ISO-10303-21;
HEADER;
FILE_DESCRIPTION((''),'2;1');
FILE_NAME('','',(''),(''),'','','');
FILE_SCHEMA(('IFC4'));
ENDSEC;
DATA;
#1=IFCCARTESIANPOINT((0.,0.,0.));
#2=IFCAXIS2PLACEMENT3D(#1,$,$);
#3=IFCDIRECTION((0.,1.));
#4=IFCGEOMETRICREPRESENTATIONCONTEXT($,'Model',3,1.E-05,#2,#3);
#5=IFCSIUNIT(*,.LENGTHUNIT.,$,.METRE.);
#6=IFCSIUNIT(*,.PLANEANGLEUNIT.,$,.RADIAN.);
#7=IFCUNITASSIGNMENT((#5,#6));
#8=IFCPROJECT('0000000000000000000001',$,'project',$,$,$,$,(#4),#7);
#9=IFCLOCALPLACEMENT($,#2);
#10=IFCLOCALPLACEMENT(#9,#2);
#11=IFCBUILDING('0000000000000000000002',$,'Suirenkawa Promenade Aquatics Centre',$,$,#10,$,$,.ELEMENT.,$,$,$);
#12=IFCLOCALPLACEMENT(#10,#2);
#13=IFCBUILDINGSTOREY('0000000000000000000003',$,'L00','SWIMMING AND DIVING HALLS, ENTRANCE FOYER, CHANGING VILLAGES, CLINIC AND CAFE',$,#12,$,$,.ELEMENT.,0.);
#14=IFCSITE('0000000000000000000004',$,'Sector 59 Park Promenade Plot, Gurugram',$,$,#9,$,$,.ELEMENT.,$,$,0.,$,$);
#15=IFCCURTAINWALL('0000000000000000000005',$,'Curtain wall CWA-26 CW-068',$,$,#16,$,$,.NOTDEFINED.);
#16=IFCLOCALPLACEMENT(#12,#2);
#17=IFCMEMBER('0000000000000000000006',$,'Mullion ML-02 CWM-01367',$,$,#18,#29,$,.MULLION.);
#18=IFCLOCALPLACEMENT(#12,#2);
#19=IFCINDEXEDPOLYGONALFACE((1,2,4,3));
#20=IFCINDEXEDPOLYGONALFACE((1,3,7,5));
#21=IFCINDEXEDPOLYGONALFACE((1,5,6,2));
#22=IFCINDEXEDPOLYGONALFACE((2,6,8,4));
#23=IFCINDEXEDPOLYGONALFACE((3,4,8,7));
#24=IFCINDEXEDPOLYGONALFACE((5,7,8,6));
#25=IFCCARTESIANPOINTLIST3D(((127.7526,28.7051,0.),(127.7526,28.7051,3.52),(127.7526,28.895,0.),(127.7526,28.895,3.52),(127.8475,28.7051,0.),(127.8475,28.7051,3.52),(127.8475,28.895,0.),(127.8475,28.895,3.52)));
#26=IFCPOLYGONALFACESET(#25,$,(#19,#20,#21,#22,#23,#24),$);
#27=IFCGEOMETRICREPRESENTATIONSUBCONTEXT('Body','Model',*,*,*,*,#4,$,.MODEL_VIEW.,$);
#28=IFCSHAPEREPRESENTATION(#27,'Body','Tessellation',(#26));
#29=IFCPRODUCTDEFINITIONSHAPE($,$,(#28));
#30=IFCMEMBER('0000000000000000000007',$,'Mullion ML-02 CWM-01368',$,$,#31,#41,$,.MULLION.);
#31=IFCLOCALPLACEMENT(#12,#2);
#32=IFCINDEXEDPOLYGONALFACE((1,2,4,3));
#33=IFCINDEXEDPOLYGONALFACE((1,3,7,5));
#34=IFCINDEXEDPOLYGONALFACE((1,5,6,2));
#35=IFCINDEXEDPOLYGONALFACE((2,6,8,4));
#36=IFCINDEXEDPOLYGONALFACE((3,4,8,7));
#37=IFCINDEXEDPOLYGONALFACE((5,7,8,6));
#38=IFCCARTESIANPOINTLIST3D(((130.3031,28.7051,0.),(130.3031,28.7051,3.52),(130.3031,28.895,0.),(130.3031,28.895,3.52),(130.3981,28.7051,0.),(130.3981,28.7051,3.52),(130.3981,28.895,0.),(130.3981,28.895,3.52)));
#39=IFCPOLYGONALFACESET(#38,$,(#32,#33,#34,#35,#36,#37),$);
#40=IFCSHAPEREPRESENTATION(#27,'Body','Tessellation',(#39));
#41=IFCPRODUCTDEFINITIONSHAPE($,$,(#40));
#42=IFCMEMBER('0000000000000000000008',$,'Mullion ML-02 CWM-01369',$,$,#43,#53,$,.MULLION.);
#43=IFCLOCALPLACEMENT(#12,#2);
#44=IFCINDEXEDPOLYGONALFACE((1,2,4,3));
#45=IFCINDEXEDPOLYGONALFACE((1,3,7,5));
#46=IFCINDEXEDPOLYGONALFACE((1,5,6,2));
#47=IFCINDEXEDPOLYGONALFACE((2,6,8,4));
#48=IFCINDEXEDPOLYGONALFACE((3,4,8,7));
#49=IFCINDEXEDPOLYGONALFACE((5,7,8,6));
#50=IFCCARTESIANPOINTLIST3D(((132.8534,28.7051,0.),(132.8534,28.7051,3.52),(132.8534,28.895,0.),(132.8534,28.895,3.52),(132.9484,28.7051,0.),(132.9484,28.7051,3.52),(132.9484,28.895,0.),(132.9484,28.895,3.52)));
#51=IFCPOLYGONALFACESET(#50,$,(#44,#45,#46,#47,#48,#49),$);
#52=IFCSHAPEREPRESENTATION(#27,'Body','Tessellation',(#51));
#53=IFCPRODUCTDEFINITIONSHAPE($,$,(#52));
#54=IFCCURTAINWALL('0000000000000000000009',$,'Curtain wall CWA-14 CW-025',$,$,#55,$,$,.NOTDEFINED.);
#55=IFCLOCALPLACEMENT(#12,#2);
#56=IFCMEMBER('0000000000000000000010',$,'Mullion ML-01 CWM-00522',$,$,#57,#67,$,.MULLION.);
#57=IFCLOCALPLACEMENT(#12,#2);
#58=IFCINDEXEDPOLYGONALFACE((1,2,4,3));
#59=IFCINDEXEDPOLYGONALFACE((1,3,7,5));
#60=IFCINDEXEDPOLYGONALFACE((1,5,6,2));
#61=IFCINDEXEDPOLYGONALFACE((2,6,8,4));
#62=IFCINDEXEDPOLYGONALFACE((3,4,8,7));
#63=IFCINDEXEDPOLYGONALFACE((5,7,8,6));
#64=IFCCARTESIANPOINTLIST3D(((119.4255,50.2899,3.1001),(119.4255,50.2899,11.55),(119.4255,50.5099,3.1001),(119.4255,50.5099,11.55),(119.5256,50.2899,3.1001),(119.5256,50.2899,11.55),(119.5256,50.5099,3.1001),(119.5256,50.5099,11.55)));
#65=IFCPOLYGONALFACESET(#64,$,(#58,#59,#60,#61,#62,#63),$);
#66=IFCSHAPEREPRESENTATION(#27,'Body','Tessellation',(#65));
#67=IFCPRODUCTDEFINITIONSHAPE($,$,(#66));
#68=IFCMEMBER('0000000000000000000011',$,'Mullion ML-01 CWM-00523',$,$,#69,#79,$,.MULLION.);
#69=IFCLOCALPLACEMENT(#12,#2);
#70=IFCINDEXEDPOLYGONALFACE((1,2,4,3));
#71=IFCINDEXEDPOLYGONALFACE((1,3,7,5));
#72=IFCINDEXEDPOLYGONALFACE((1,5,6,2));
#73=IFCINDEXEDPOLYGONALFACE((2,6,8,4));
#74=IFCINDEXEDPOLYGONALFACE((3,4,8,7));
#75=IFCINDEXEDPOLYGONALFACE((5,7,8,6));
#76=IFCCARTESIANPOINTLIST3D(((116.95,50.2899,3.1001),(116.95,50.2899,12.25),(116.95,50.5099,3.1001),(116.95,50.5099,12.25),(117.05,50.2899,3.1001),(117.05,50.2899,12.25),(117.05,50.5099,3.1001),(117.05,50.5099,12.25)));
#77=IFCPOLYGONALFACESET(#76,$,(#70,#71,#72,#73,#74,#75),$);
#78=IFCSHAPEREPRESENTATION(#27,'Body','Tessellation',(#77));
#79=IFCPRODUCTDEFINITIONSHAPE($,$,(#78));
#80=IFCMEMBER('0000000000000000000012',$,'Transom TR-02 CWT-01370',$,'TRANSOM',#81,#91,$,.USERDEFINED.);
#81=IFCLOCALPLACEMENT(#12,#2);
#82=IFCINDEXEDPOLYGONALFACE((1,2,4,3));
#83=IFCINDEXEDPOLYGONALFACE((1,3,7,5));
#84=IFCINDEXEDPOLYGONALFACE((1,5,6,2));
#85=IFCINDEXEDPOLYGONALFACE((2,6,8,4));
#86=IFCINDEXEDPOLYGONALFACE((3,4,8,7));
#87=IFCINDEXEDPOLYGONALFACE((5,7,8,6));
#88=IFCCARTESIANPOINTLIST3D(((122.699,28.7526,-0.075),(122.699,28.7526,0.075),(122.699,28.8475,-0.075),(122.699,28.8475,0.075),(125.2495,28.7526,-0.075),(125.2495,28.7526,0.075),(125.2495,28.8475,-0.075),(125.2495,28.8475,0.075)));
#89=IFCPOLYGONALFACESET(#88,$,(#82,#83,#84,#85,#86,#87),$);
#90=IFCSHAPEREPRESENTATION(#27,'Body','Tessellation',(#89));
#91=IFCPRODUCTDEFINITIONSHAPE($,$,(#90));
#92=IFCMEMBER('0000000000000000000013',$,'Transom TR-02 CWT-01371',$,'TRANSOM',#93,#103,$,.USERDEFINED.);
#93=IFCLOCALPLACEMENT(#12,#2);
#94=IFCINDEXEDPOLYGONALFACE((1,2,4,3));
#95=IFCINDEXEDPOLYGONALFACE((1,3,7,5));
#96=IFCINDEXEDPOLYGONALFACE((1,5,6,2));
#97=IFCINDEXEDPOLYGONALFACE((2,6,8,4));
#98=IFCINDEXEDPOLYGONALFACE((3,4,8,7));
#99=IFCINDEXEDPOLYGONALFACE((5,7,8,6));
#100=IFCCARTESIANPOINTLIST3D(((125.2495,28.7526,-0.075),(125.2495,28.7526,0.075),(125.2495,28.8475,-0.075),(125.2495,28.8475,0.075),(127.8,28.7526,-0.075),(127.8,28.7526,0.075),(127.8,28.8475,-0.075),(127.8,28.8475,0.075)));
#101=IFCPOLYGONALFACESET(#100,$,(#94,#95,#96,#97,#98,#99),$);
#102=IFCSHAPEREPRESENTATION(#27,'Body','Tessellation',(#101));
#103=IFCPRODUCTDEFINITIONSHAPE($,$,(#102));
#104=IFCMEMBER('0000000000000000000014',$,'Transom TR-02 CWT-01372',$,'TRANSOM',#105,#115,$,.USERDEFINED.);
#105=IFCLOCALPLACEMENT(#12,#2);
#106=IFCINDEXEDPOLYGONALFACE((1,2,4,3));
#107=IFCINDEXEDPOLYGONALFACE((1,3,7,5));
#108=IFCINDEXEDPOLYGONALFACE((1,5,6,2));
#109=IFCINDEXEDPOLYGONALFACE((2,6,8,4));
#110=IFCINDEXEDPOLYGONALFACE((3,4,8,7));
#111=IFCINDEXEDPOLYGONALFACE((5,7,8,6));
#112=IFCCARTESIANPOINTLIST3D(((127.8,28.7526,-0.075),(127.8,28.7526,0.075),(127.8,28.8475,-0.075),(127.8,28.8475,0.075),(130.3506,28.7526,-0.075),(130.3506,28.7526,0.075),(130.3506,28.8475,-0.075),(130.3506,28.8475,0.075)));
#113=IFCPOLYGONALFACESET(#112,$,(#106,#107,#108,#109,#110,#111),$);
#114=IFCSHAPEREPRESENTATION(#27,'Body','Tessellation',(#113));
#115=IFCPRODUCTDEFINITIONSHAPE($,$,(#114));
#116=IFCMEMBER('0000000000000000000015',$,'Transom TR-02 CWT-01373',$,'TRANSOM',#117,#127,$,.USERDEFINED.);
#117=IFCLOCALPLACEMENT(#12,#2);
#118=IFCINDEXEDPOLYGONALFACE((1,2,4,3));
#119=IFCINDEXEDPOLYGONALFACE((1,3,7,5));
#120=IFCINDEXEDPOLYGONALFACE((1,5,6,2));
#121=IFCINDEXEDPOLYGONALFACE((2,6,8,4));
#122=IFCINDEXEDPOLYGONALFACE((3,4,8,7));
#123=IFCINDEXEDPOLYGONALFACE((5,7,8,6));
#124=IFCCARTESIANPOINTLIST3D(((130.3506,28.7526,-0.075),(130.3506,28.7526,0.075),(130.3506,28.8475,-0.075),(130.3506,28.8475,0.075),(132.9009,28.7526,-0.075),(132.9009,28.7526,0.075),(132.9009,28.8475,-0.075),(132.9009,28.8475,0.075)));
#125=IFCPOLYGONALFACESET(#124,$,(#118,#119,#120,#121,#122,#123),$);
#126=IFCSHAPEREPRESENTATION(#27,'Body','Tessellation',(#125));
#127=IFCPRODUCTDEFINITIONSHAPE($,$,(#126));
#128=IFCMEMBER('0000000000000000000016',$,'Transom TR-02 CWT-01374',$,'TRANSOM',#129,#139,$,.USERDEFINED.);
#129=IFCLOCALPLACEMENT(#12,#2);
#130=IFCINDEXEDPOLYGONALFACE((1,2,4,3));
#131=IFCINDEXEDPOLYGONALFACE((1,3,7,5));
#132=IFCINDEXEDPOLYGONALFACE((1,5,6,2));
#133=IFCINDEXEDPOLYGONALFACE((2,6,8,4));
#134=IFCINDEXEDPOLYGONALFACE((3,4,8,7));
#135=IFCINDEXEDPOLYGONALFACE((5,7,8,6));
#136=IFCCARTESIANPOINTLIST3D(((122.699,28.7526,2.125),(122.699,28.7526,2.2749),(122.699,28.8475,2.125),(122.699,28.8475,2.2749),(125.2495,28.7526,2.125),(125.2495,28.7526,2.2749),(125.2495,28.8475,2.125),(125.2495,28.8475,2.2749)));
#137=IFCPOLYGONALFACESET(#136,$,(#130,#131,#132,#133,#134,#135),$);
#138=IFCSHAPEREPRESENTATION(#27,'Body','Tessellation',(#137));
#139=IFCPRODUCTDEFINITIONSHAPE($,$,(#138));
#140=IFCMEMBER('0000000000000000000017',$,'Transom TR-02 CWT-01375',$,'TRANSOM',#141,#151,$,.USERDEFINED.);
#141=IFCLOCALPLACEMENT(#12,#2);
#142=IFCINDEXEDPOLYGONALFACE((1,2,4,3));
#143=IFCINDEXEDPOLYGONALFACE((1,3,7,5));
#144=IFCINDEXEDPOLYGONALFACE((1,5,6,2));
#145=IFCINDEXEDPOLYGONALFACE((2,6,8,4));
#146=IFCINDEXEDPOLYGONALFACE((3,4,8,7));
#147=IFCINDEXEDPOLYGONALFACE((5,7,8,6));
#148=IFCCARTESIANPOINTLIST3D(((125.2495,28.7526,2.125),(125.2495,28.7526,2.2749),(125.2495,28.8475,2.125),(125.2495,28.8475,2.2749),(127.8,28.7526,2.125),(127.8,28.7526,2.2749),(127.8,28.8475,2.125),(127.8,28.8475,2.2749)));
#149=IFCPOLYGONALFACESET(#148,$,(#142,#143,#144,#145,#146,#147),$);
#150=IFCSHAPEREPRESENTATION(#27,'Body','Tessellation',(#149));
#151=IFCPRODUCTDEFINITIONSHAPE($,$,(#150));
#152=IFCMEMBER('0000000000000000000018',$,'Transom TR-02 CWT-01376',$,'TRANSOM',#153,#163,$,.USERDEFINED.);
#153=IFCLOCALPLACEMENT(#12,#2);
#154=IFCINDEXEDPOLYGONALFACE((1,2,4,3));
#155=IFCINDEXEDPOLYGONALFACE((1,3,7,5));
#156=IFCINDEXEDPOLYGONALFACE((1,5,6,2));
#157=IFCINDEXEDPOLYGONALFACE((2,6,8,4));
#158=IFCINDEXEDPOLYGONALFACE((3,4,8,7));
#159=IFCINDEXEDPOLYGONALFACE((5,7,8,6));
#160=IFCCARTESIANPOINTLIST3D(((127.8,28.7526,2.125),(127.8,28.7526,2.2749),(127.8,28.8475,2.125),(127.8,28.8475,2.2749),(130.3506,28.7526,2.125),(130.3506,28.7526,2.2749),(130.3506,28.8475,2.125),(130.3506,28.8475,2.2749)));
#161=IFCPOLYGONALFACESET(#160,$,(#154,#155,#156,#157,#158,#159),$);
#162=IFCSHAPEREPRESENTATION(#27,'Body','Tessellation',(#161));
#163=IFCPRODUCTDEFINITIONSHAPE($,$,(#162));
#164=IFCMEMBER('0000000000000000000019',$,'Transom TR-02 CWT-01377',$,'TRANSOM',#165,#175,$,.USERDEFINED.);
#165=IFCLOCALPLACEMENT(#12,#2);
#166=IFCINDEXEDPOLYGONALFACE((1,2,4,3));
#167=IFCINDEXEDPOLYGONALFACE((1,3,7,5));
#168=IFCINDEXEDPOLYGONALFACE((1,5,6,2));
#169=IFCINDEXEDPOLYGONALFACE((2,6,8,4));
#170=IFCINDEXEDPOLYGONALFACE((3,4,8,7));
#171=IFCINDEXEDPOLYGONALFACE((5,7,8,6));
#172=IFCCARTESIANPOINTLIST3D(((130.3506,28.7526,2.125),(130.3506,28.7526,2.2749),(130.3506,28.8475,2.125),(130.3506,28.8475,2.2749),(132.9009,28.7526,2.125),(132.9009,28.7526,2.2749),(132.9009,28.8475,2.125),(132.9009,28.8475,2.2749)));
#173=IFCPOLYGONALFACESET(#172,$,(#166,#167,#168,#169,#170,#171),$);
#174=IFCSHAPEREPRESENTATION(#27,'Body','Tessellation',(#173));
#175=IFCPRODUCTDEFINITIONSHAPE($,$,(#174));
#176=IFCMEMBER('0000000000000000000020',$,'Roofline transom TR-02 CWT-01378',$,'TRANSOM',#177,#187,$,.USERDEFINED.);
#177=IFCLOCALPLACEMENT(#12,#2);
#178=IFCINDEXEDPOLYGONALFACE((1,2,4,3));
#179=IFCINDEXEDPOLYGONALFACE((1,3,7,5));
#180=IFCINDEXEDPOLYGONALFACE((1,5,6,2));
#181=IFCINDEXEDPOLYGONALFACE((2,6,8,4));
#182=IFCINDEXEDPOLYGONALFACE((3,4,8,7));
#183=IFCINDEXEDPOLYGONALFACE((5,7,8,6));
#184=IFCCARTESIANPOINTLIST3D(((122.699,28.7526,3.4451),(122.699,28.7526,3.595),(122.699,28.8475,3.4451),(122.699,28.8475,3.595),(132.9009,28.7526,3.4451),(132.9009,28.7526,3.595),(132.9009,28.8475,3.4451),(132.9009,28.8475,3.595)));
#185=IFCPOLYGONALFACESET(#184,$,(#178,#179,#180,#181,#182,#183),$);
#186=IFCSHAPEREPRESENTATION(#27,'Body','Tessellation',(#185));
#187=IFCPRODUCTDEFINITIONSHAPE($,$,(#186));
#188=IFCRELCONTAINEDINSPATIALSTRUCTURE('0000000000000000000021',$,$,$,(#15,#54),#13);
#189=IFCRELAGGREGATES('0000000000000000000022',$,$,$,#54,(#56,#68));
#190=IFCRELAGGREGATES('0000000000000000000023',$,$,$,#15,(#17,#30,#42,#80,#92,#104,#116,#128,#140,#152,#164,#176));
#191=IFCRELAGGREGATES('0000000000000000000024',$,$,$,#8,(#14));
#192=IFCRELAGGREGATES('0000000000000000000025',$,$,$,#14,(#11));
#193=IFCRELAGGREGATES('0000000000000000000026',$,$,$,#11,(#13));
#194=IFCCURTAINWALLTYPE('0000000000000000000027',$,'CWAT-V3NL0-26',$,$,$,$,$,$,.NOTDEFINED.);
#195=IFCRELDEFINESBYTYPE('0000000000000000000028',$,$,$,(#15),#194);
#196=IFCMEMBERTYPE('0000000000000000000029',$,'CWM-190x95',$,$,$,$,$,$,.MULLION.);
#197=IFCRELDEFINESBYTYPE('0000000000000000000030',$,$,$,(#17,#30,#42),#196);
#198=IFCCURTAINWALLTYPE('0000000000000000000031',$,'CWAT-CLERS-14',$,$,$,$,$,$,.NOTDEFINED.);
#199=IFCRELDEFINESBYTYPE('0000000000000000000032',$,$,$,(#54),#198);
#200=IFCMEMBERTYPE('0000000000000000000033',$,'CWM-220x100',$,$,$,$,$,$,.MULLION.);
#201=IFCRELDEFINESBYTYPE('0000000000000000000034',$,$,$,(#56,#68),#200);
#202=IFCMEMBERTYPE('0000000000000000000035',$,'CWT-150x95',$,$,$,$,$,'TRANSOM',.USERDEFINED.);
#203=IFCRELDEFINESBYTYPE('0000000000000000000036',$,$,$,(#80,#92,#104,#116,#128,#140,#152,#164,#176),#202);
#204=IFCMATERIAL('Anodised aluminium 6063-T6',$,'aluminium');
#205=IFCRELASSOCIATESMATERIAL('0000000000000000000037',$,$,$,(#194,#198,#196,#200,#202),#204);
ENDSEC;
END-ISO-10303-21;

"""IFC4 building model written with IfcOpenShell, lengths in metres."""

from ifc_helpers import new_model, si_unit, direction, frame, origin, origin_2d, place, context, subcontext, project, spatial, rectangle, extrude, material, material_profile, profile_set, type_object, element, aggregate, save


model = new_model("IFC4")

# Units and contexts
model_context = context("Model", 3, precision=1e-05, world=origin(), true_north=direction((0.0, 1.0)))
body_context = subcontext(model_context, "Body", "Model", "MODEL_VIEW")
ifc_project = project(units=[si_unit("LENGTHUNIT", "METRE"), si_unit("PLANEANGLEUNIT", "RADIAN")], contexts=[model_context])

# Site, building, storey
site_placement = place(None, origin())
site = spatial("IfcSite", under=ifc_project, at=site_placement, Name="Sector 59 Park Promenade Plot, Gurugram", CompositionType="ELEMENT", RefElevation=0.0)
building_placement = place(site_placement, origin())
building = spatial("IfcBuilding", under=site, at=building_placement, Name="Suirenkawa Promenade Aquatics Centre", CompositionType="ELEMENT")
storey_placement = place(building_placement, origin())
storey = spatial("IfcBuildingStorey", under=building, at=storey_placement, Name="L00", Description="SWIMMING AND DIVING HALLS, ENTRANCE FOYER, CHANGING VILLAGES, CLINIC AND CAFE", CompositionType="ELEMENT", Elevation=0.0)

# Curtain walls, members
ifc_material_1 = material(Name="Anodised aluminium 6063-T6", Category="aluminium")
curtain_wall_type_1 = type_object("IfcCurtainWallType", Name="CWAT-V3NL0-26", PredefinedType="NOTDEFINED", material=ifc_material_1)
curtain_wall_1_placement = place(storey_placement, origin())
curtain_wall_1 = element("IfcCurtainWall", 1, at=curtain_wall_1_placement, inside=storey, type_object=curtain_wall_type_1, Name="Curtain wall CWA-26 CW-068", PredefinedType="NOTDEFINED")
ifc_material_profile_1 = material_profile(ifc_material_1, rectangle(XDim=0.095, YDim=0.1899, at=origin_2d()), Name="ALU MULL 95x190", Category="aluminium")
ifc_profile_set_1 = profile_set([ifc_material_profile_1], Name="Anodised aluminium 6063-T6")
member_type_1 = type_object("IfcMemberType", Name="CWM-190x95", PredefinedType="MULLION", material=ifc_profile_set_1)
member_1_placement = place(storey_placement, frame((127.8, 28.8, 0.0), z_axis=(0.0, 0.0, 1.0), x_axis=(1.0, 0.0, 0.0)))
member_1 = element("IfcMember", 2, at=member_1_placement, type_object=member_type_1, Name="Mullion ML-02 CWM-01367", PredefinedType="MULLION", context=body_context, shape_type="SweptSolid", body=[
    extrude(rectangle(XDim=0.095, YDim=0.1899, at=origin_2d()), origin(), (0.0, 0.0, 1.0), 3.52),
])
member_2_placement = place(storey_placement, frame((130.3506, 28.8, 0.0), z_axis=(0.0, 0.0, 1.0), x_axis=(1.0, 0.0, 0.0)))
member_2 = element("IfcMember", 3, at=member_2_placement, type_object=member_type_1, Name="Mullion ML-02 CWM-01368", PredefinedType="MULLION", context=body_context, shape_type="SweptSolid", body=[
    extrude(rectangle(XDim=0.095, YDim=0.1899, at=origin_2d()), origin(), (0.0, 0.0, 1.0), 3.52),
])
member_3_placement = place(storey_placement, frame((132.9009, 28.8, 0.0), z_axis=(0.0, 0.0, 1.0), x_axis=(1.0, 0.0, 0.0)))
member_3 = element("IfcMember", 4, at=member_3_placement, type_object=member_type_1, Name="Mullion ML-02 CWM-01369", PredefinedType="MULLION", context=body_context, shape_type="SweptSolid", body=[
    extrude(rectangle(XDim=0.095, YDim=0.1899, at=origin_2d()), origin(), (0.0, 0.0, 1.0), 3.52),
])
curtain_wall_type_2 = type_object("IfcCurtainWallType", Name="CWAT-CLERS-14", PredefinedType="NOTDEFINED", material=ifc_material_1)
curtain_wall_2_placement = place(storey_placement, origin())
curtain_wall_2 = element("IfcCurtainWall", 5, at=curtain_wall_2_placement, inside=storey, type_object=curtain_wall_type_2, Name="Curtain wall CWA-14 CW-025", PredefinedType="NOTDEFINED")
ifc_material_profile_2 = material_profile(ifc_material_1, rectangle(XDim=0.1001, YDim=0.22, at=origin_2d()), Name="ALU MULL 100x220", Category="aluminium")
ifc_profile_set_2 = profile_set([ifc_material_profile_2], Name="Anodised aluminium 6063-T6")
member_type_2 = type_object("IfcMemberType", Name="CWM-220x100", PredefinedType="MULLION", material=ifc_profile_set_2)
member_4_placement = place(storey_placement, frame((119.4756, 50.3999, 3.1001), z_axis=(0.0, 0.0, 1.0), x_axis=(-1.0, 0.0, 0.0)))
member_4 = element("IfcMember", 6, at=member_4_placement, type_object=member_type_2, Name="Mullion ML-01 CWM-00522", PredefinedType="MULLION", context=body_context, shape_type="SweptSolid", body=[
    extrude(rectangle(XDim=0.1001, YDim=0.22, at=origin_2d()), origin(), (0.0, 0.0, 1.0), 8.45),
])
member_5_placement = place(storey_placement, frame((117.0, 50.3999, 3.1001), z_axis=(0.0, 0.0, 1.0), x_axis=(-1.0, 0.0, 0.0)))
member_5 = element("IfcMember", 7, at=member_5_placement, type_object=member_type_2, Name="Mullion ML-01 CWM-00523", PredefinedType="MULLION", context=body_context, shape_type="SweptSolid", body=[
    extrude(rectangle(XDim=0.1001, YDim=0.22, at=origin_2d()), origin(), (0.0, 0.0, 1.0), 9.1499),
])

# Members
ifc_material_profile_3 = material_profile(ifc_material_1, rectangle(XDim=0.095, YDim=0.1499, at=origin_2d()), Name="ALU TRAN 95x150", Category="aluminium")
ifc_profile_set_3 = profile_set([ifc_material_profile_3], Name="Anodised aluminium 6063-T6")
member_type_3 = type_object("IfcMemberType", Name="CWT-150x95", ElementType="TRANSOM", PredefinedType="USERDEFINED", material=ifc_profile_set_3)
member_6_placement = place(storey_placement, frame((122.699, 28.8, 0.0), z_axis=(1.0, 0.0, 0.0), x_axis=(0.0, 1.0, 0.0)))
member_6 = element("IfcMember", 8, at=member_6_placement, type_object=member_type_3, Name="Transom TR-02 CWT-01370", ObjectType="TRANSOM", PredefinedType="USERDEFINED", context=body_context, shape_type="SweptSolid", body=[
    extrude(rectangle(XDim=0.095, YDim=0.1499, at=origin_2d()), origin(), (0.0, 0.0, 1.0), 2.5505),
])
member_7_placement = place(storey_placement, frame((125.2495, 28.8, 0.0), z_axis=(1.0, 0.0, 0.0), x_axis=(0.0, 1.0, 0.0)))
member_7 = element("IfcMember", 9, at=member_7_placement, type_object=member_type_3, Name="Transom TR-02 CWT-01371", ObjectType="TRANSOM", PredefinedType="USERDEFINED", context=body_context, shape_type="SweptSolid", body=[
    extrude(rectangle(XDim=0.095, YDim=0.1499, at=origin_2d()), origin(), (0.0, 0.0, 1.0), 2.5505),
])
member_8_placement = place(storey_placement, frame((127.8, 28.8, 0.0), z_axis=(1.0, 0.0, 0.0), x_axis=(0.0, 1.0, 0.0)))
member_8 = element("IfcMember", 10, at=member_8_placement, type_object=member_type_3, Name="Transom TR-02 CWT-01372", ObjectType="TRANSOM", PredefinedType="USERDEFINED", context=body_context, shape_type="SweptSolid", body=[
    extrude(rectangle(XDim=0.095, YDim=0.1499, at=origin_2d()), origin(), (0.0, 0.0, 1.0), 2.5505),
])
member_9_placement = place(storey_placement, frame((130.3506, 28.8, 0.0), z_axis=(1.0, 0.0, 0.0), x_axis=(0.0, 1.0, 0.0)))
member_9 = element("IfcMember", 11, at=member_9_placement, type_object=member_type_3, Name="Transom TR-02 CWT-01373", ObjectType="TRANSOM", PredefinedType="USERDEFINED", context=body_context, shape_type="SweptSolid", body=[
    extrude(rectangle(XDim=0.095, YDim=0.1499, at=origin_2d()), origin(), (0.0, 0.0, 1.0), 2.5503),
])
member_10_placement = place(storey_placement, frame((122.699, 28.8, 2.2), z_axis=(1.0, 0.0, 0.0), x_axis=(0.0, 1.0, 0.0)))
member_10 = element("IfcMember", 12, at=member_10_placement, type_object=member_type_3, Name="Transom TR-02 CWT-01374", ObjectType="TRANSOM", PredefinedType="USERDEFINED", context=body_context, shape_type="SweptSolid", body=[
    extrude(rectangle(XDim=0.095, YDim=0.1499, at=origin_2d()), origin(), (0.0, 0.0, 1.0), 2.5505),
])
member_11_placement = place(storey_placement, frame((125.2495, 28.8, 2.2), z_axis=(1.0, 0.0, 0.0), x_axis=(0.0, 1.0, 0.0)))
member_11 = element("IfcMember", 13, at=member_11_placement, type_object=member_type_3, Name="Transom TR-02 CWT-01375", ObjectType="TRANSOM", PredefinedType="USERDEFINED", context=body_context, shape_type="SweptSolid", body=[
    extrude(rectangle(XDim=0.095, YDim=0.1499, at=origin_2d()), origin(), (0.0, 0.0, 1.0), 2.5505),
])
member_12_placement = place(storey_placement, frame((127.8, 28.8, 2.2), z_axis=(1.0, 0.0, 0.0), x_axis=(0.0, 1.0, 0.0)))
member_12 = element("IfcMember", 14, at=member_12_placement, type_object=member_type_3, Name="Transom TR-02 CWT-01376", ObjectType="TRANSOM", PredefinedType="USERDEFINED", context=body_context, shape_type="SweptSolid", body=[
    extrude(rectangle(XDim=0.095, YDim=0.1499, at=origin_2d()), origin(), (0.0, 0.0, 1.0), 2.5505),
])
member_13_placement = place(storey_placement, frame((130.3506, 28.8, 2.2), z_axis=(1.0, 0.0, 0.0), x_axis=(0.0, 1.0, 0.0)))
member_13 = element("IfcMember", 15, at=member_13_placement, type_object=member_type_3, Name="Transom TR-02 CWT-01377", ObjectType="TRANSOM", PredefinedType="USERDEFINED", context=body_context, shape_type="SweptSolid", body=[
    extrude(rectangle(XDim=0.095, YDim=0.1499, at=origin_2d()), origin(), (0.0, 0.0, 1.0), 2.5503),
])
member_14_placement = place(storey_placement, frame((122.699, 28.8, 3.52), z_axis=(1.0, 0.0, 0.0), x_axis=(0.0, 1.0, 0.0)))
member_14 = element("IfcMember", 16, at=member_14_placement, type_object=member_type_3, Name="Roofline transom TR-02 CWT-01378", ObjectType="TRANSOM", PredefinedType="USERDEFINED", context=body_context, shape_type="SweptSolid", body=[
    extrude(rectangle(XDim=0.095, YDim=0.1499, at=origin_2d()), origin(), (0.0, 0.0, 1.0), 10.2019),
])

aggregate(curtain_wall_2, [member_4, member_5])
aggregate(curtain_wall_1, [member_1, member_2, member_3, member_6, member_7, member_8, member_9, member_10, member_11, member_12, member_13, member_14])

save(model, "model.ifc")
